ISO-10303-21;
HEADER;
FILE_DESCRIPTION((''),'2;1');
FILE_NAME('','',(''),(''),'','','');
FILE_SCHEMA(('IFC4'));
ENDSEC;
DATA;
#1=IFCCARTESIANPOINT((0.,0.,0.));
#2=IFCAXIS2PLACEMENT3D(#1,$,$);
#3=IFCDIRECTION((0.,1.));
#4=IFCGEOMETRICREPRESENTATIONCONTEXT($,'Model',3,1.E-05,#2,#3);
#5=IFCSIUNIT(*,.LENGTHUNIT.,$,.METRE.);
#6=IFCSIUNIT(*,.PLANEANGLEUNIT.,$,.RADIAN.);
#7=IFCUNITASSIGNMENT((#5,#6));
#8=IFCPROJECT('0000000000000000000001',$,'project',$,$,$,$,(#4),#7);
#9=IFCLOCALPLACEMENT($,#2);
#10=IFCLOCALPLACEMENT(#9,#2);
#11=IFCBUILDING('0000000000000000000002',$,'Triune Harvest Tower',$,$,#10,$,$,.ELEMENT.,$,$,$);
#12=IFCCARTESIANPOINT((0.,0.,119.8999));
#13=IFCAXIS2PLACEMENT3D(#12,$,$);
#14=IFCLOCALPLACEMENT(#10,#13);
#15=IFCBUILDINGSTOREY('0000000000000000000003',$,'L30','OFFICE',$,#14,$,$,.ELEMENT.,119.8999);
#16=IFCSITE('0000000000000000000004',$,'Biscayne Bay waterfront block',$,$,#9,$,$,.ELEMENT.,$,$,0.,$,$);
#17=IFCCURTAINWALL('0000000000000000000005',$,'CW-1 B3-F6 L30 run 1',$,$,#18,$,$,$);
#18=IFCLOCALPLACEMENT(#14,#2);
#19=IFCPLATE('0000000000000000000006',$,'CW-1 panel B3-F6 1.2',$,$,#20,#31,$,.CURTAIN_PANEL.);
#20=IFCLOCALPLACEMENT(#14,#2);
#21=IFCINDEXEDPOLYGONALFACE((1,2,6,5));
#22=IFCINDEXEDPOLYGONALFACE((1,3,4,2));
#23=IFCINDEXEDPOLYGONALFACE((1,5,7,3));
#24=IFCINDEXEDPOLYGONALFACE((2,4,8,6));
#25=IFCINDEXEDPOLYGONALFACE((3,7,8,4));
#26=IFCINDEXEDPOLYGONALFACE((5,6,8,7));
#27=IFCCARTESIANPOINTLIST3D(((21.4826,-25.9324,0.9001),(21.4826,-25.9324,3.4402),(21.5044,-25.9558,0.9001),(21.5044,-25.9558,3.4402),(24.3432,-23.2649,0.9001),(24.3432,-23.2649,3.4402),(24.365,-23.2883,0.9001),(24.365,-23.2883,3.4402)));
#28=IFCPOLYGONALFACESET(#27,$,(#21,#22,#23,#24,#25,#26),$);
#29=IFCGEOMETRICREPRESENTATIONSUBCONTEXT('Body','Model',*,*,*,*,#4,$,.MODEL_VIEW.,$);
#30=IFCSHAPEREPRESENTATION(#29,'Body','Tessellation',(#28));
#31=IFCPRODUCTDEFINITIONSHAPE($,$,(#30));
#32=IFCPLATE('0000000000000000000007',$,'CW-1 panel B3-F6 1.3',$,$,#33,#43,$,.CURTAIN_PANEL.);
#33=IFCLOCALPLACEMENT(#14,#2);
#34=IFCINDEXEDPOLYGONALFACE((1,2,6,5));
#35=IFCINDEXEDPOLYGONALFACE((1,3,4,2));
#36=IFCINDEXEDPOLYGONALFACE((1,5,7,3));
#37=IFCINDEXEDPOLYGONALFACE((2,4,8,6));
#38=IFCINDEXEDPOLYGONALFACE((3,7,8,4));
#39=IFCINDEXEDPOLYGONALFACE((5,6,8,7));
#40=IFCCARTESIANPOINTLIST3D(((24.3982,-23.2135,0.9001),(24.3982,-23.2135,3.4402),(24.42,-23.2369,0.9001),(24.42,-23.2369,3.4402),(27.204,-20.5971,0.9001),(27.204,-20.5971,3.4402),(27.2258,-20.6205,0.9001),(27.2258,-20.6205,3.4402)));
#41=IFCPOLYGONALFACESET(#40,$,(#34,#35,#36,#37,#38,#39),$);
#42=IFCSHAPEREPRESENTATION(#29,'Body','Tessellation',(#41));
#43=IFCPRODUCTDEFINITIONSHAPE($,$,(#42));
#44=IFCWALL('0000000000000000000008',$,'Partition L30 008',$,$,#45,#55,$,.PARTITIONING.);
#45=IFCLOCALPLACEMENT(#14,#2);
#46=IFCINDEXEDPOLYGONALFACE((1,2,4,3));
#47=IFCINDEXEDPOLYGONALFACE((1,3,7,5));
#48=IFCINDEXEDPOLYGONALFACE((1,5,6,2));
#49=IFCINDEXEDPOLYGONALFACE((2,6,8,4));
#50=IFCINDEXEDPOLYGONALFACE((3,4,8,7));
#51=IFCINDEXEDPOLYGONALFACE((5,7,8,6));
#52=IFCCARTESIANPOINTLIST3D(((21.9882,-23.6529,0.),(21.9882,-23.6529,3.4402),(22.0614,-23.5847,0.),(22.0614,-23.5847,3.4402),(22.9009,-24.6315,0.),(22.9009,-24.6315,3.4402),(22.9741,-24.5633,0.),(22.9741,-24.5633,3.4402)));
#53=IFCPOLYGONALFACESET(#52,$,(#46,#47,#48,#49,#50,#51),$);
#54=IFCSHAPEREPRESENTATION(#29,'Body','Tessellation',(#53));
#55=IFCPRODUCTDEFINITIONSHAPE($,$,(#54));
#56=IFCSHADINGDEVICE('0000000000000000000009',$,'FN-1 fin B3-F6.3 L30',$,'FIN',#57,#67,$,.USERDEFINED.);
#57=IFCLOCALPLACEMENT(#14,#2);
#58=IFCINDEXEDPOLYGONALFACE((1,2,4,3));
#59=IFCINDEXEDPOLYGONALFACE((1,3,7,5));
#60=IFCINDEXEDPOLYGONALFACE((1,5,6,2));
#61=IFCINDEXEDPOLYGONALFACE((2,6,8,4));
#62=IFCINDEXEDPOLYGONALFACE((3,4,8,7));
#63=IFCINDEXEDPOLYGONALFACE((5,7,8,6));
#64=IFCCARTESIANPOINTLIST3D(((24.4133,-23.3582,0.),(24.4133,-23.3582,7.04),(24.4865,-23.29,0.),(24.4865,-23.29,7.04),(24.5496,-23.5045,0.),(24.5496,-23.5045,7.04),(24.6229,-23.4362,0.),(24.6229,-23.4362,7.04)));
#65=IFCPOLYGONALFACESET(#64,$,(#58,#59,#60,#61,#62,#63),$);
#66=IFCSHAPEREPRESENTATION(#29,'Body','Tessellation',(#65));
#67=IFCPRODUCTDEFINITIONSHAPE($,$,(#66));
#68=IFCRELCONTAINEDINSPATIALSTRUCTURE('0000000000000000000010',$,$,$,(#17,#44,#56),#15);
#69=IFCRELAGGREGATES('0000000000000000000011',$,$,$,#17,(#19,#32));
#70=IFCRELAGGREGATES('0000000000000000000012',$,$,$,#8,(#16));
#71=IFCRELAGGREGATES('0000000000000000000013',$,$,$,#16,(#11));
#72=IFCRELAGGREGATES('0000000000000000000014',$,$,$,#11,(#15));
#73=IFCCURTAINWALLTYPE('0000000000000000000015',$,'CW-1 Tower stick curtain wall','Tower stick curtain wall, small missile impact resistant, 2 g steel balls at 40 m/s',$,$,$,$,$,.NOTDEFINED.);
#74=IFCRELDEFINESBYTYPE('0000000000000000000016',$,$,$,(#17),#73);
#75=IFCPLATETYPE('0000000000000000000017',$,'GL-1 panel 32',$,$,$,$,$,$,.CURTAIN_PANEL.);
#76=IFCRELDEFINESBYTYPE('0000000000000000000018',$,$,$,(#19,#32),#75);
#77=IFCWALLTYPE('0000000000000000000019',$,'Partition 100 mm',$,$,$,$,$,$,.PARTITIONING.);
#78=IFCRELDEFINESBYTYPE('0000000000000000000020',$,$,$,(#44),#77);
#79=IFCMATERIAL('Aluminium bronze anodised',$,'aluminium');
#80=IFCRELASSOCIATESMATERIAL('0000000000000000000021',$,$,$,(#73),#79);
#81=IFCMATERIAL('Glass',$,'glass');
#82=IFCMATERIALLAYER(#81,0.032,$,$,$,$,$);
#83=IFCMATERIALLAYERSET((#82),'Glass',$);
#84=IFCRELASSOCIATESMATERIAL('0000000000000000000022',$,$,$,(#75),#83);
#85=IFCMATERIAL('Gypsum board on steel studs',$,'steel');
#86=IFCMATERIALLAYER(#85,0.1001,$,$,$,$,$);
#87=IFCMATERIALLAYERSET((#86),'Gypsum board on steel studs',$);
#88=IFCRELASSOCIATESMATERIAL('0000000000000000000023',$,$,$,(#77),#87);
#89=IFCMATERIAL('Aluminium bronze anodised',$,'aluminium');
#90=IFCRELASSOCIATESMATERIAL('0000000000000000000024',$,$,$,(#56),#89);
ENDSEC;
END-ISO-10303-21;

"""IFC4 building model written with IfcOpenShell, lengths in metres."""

from ifc_helpers import new_model, si_unit, direction, frame, frame_2d, origin, origin_2d, place, context, subcontext, project, spatial, rectangle, extrude, source, transform, mapped, material, layer, layer_set, type_object, element, aggregate, save


model = new_model("IFC4")

# Units and contexts
model_context = context("Model", 3, precision=1e-05, world=origin(), true_north=direction((0.0, 1.0)))
body_context = subcontext(model_context, "Body", "Model", "MODEL_VIEW")
ifc_project = project(units=[si_unit("LENGTHUNIT", "METRE"), si_unit("PLANEANGLEUNIT", "RADIAN")], contexts=[model_context])

# Site, building, storey
site_placement = place(None, origin())
site = spatial("IfcSite", under=ifc_project, at=site_placement, Name="Biscayne Bay waterfront block", CompositionType="ELEMENT", RefElevation=0.0)
building_placement = place(site_placement, origin())
building = spatial("IfcBuilding", under=site, at=building_placement, Name="Triune Harvest Tower", CompositionType="ELEMENT")
storey_placement = place(building_placement, frame((0.0, 0.0, 119.8999)))
storey = spatial("IfcBuildingStorey", under=building, at=storey_placement, Name="L30", Description="OFFICE", CompositionType="ELEMENT", Elevation=119.8999)

# Curtain wall
ifc_material_1 = material(Name="Aluminium bronze anodised", Category="aluminium")
curtain_wall_type_1 = type_object("IfcCurtainWallType", Name="CW-1 Tower stick curtain wall", Description="Tower stick curtain wall, small missile impact resistant, 2 g steel balls at 40 m/s", PredefinedType="NOTDEFINED", material=ifc_material_1)
curtain_wall_1_placement = place(storey_placement, origin())
curtain_wall_1 = element("IfcCurtainWall", 1, at=curtain_wall_1_placement, inside=storey, type_object=curtain_wall_type_1, Name="CW-1 B3-F6 L30 run 1")

# Plates
ifc_material_2 = material(Name="Glass", Category="glass")
ifc_layer_1 = layer(ifc_material_2, 0.032)
ifc_layer_set_1 = layer_set([ifc_layer_1], Name="Glass")
plate_type = type_object("IfcPlateType", Name="GL-1 panel 32", PredefinedType="CURTAIN_PANEL", material=ifc_layer_set_1)
shared_shape_1 = source(origin(), body_context, "Body", "SweptSolid", [
    extrude(rectangle(XDim=3.9114, YDim=0.032, at=origin_2d()), origin(), (0.0, 0.0, 1.0), 2.54),
])
plate_1_placement = place(storey_placement, frame((22.9238, -24.6104, 0.9001), z_axis=(0.0, 0.0, 1.0), x_axis=(0.73135, 0.682002, 0.0)))
plate_1 = element("IfcPlate", 2, at=plate_1_placement, type_object=plate_type, Name="CW-1 panel B3-F6 1.2", PredefinedType="CURTAIN_PANEL", context=body_context, shape_type="MappedRepresentation", body=[
    mapped(shared_shape_1, transform((0.0, 0.0, 0.0), scale=1.0)),
])
shared_shape_2 = source(origin(), body_context, "Body", "SweptSolid", [
    extrude(rectangle(XDim=3.8364, YDim=0.032, at=origin_2d()), origin(), (0.0, 0.0, 1.0), 2.54),
])
plate_2_placement = place(storey_placement, frame((25.812, -21.917, 0.9001), z_axis=(0.0, 0.0, 1.0), x_axis=(0.73135, 0.682002, 0.0)))
plate_2 = element("IfcPlate", 3, at=plate_2_placement, type_object=plate_type, Name="CW-1 panel B3-F6 1.3", PredefinedType="CURTAIN_PANEL", context=body_context, shape_type="MappedRepresentation", body=[
    mapped(shared_shape_2, transform((0.0, 0.0, 0.0), scale=1.0)),
])
aggregate(curtain_wall_1, [plate_1, plate_2])

# Wall
ifc_material_3 = material(Name="Gypsum board on steel studs", Category="steel")
ifc_layer_2 = layer(ifc_material_3, 0.1001)
ifc_layer_set_2 = layer_set([ifc_layer_2], Name="Gypsum board on steel studs")
wall_type = type_object("IfcWallType", Name="Partition 100 mm", PredefinedType="PARTITIONING", material=ifc_layer_set_2)
shared_shape_3 = source(origin(), body_context, "Body", "SweptSolid", [
    extrude(rectangle(XDim=1.3381, YDim=0.1001, at=frame_2d((0.6689, 0.0))), origin(), (0.0, 0.0, 1.0), 3.4402),
])
wall_placement = place(storey_placement, frame((22.0249, -23.6189, 0.0), z_axis=(0.0, 0.0, 1.0), x_axis=(0.682045, -0.73131, 0.0)))
element("IfcWall", 4, at=wall_placement, inside=storey, type_object=wall_type, Name="Partition L30 008", PredefinedType="PARTITIONING", context=body_context, shape_type="MappedRepresentation", body=[
    mapped(shared_shape_3, transform((0.0, 0.0, 0.0), scale=1.0)),
])

# Shading device
ifc_material_4 = material(Name="Aluminium bronze anodised", Category="aluminium")
shared_shape_4 = source(origin(), body_context, "Body", "SweptSolid", [
    extrude(rectangle(XDim=0.1001, YDim=0.2, at=origin_2d()), origin(), (0.0, 0.0, 1.0), 7.04),
])
shading_device_placement = place(storey_placement, frame((24.5181, -23.3972, 0.0), z_axis=(0.0, 0.0, 1.0), x_axis=(0.73135, 0.682002, 0.0)))
element("IfcShadingDevice", 5, at=shading_device_placement, inside=storey, material=ifc_material_4, Name="FN-1 fin B3-F6.3 L30", ObjectType="FIN", PredefinedType="USERDEFINED", context=body_context, shape_type="MappedRepresentation", body=[
    mapped(shared_shape_4, transform((0.0, 0.0, 0.0), scale=1.0)),
])

save(model, "model.ifc")
